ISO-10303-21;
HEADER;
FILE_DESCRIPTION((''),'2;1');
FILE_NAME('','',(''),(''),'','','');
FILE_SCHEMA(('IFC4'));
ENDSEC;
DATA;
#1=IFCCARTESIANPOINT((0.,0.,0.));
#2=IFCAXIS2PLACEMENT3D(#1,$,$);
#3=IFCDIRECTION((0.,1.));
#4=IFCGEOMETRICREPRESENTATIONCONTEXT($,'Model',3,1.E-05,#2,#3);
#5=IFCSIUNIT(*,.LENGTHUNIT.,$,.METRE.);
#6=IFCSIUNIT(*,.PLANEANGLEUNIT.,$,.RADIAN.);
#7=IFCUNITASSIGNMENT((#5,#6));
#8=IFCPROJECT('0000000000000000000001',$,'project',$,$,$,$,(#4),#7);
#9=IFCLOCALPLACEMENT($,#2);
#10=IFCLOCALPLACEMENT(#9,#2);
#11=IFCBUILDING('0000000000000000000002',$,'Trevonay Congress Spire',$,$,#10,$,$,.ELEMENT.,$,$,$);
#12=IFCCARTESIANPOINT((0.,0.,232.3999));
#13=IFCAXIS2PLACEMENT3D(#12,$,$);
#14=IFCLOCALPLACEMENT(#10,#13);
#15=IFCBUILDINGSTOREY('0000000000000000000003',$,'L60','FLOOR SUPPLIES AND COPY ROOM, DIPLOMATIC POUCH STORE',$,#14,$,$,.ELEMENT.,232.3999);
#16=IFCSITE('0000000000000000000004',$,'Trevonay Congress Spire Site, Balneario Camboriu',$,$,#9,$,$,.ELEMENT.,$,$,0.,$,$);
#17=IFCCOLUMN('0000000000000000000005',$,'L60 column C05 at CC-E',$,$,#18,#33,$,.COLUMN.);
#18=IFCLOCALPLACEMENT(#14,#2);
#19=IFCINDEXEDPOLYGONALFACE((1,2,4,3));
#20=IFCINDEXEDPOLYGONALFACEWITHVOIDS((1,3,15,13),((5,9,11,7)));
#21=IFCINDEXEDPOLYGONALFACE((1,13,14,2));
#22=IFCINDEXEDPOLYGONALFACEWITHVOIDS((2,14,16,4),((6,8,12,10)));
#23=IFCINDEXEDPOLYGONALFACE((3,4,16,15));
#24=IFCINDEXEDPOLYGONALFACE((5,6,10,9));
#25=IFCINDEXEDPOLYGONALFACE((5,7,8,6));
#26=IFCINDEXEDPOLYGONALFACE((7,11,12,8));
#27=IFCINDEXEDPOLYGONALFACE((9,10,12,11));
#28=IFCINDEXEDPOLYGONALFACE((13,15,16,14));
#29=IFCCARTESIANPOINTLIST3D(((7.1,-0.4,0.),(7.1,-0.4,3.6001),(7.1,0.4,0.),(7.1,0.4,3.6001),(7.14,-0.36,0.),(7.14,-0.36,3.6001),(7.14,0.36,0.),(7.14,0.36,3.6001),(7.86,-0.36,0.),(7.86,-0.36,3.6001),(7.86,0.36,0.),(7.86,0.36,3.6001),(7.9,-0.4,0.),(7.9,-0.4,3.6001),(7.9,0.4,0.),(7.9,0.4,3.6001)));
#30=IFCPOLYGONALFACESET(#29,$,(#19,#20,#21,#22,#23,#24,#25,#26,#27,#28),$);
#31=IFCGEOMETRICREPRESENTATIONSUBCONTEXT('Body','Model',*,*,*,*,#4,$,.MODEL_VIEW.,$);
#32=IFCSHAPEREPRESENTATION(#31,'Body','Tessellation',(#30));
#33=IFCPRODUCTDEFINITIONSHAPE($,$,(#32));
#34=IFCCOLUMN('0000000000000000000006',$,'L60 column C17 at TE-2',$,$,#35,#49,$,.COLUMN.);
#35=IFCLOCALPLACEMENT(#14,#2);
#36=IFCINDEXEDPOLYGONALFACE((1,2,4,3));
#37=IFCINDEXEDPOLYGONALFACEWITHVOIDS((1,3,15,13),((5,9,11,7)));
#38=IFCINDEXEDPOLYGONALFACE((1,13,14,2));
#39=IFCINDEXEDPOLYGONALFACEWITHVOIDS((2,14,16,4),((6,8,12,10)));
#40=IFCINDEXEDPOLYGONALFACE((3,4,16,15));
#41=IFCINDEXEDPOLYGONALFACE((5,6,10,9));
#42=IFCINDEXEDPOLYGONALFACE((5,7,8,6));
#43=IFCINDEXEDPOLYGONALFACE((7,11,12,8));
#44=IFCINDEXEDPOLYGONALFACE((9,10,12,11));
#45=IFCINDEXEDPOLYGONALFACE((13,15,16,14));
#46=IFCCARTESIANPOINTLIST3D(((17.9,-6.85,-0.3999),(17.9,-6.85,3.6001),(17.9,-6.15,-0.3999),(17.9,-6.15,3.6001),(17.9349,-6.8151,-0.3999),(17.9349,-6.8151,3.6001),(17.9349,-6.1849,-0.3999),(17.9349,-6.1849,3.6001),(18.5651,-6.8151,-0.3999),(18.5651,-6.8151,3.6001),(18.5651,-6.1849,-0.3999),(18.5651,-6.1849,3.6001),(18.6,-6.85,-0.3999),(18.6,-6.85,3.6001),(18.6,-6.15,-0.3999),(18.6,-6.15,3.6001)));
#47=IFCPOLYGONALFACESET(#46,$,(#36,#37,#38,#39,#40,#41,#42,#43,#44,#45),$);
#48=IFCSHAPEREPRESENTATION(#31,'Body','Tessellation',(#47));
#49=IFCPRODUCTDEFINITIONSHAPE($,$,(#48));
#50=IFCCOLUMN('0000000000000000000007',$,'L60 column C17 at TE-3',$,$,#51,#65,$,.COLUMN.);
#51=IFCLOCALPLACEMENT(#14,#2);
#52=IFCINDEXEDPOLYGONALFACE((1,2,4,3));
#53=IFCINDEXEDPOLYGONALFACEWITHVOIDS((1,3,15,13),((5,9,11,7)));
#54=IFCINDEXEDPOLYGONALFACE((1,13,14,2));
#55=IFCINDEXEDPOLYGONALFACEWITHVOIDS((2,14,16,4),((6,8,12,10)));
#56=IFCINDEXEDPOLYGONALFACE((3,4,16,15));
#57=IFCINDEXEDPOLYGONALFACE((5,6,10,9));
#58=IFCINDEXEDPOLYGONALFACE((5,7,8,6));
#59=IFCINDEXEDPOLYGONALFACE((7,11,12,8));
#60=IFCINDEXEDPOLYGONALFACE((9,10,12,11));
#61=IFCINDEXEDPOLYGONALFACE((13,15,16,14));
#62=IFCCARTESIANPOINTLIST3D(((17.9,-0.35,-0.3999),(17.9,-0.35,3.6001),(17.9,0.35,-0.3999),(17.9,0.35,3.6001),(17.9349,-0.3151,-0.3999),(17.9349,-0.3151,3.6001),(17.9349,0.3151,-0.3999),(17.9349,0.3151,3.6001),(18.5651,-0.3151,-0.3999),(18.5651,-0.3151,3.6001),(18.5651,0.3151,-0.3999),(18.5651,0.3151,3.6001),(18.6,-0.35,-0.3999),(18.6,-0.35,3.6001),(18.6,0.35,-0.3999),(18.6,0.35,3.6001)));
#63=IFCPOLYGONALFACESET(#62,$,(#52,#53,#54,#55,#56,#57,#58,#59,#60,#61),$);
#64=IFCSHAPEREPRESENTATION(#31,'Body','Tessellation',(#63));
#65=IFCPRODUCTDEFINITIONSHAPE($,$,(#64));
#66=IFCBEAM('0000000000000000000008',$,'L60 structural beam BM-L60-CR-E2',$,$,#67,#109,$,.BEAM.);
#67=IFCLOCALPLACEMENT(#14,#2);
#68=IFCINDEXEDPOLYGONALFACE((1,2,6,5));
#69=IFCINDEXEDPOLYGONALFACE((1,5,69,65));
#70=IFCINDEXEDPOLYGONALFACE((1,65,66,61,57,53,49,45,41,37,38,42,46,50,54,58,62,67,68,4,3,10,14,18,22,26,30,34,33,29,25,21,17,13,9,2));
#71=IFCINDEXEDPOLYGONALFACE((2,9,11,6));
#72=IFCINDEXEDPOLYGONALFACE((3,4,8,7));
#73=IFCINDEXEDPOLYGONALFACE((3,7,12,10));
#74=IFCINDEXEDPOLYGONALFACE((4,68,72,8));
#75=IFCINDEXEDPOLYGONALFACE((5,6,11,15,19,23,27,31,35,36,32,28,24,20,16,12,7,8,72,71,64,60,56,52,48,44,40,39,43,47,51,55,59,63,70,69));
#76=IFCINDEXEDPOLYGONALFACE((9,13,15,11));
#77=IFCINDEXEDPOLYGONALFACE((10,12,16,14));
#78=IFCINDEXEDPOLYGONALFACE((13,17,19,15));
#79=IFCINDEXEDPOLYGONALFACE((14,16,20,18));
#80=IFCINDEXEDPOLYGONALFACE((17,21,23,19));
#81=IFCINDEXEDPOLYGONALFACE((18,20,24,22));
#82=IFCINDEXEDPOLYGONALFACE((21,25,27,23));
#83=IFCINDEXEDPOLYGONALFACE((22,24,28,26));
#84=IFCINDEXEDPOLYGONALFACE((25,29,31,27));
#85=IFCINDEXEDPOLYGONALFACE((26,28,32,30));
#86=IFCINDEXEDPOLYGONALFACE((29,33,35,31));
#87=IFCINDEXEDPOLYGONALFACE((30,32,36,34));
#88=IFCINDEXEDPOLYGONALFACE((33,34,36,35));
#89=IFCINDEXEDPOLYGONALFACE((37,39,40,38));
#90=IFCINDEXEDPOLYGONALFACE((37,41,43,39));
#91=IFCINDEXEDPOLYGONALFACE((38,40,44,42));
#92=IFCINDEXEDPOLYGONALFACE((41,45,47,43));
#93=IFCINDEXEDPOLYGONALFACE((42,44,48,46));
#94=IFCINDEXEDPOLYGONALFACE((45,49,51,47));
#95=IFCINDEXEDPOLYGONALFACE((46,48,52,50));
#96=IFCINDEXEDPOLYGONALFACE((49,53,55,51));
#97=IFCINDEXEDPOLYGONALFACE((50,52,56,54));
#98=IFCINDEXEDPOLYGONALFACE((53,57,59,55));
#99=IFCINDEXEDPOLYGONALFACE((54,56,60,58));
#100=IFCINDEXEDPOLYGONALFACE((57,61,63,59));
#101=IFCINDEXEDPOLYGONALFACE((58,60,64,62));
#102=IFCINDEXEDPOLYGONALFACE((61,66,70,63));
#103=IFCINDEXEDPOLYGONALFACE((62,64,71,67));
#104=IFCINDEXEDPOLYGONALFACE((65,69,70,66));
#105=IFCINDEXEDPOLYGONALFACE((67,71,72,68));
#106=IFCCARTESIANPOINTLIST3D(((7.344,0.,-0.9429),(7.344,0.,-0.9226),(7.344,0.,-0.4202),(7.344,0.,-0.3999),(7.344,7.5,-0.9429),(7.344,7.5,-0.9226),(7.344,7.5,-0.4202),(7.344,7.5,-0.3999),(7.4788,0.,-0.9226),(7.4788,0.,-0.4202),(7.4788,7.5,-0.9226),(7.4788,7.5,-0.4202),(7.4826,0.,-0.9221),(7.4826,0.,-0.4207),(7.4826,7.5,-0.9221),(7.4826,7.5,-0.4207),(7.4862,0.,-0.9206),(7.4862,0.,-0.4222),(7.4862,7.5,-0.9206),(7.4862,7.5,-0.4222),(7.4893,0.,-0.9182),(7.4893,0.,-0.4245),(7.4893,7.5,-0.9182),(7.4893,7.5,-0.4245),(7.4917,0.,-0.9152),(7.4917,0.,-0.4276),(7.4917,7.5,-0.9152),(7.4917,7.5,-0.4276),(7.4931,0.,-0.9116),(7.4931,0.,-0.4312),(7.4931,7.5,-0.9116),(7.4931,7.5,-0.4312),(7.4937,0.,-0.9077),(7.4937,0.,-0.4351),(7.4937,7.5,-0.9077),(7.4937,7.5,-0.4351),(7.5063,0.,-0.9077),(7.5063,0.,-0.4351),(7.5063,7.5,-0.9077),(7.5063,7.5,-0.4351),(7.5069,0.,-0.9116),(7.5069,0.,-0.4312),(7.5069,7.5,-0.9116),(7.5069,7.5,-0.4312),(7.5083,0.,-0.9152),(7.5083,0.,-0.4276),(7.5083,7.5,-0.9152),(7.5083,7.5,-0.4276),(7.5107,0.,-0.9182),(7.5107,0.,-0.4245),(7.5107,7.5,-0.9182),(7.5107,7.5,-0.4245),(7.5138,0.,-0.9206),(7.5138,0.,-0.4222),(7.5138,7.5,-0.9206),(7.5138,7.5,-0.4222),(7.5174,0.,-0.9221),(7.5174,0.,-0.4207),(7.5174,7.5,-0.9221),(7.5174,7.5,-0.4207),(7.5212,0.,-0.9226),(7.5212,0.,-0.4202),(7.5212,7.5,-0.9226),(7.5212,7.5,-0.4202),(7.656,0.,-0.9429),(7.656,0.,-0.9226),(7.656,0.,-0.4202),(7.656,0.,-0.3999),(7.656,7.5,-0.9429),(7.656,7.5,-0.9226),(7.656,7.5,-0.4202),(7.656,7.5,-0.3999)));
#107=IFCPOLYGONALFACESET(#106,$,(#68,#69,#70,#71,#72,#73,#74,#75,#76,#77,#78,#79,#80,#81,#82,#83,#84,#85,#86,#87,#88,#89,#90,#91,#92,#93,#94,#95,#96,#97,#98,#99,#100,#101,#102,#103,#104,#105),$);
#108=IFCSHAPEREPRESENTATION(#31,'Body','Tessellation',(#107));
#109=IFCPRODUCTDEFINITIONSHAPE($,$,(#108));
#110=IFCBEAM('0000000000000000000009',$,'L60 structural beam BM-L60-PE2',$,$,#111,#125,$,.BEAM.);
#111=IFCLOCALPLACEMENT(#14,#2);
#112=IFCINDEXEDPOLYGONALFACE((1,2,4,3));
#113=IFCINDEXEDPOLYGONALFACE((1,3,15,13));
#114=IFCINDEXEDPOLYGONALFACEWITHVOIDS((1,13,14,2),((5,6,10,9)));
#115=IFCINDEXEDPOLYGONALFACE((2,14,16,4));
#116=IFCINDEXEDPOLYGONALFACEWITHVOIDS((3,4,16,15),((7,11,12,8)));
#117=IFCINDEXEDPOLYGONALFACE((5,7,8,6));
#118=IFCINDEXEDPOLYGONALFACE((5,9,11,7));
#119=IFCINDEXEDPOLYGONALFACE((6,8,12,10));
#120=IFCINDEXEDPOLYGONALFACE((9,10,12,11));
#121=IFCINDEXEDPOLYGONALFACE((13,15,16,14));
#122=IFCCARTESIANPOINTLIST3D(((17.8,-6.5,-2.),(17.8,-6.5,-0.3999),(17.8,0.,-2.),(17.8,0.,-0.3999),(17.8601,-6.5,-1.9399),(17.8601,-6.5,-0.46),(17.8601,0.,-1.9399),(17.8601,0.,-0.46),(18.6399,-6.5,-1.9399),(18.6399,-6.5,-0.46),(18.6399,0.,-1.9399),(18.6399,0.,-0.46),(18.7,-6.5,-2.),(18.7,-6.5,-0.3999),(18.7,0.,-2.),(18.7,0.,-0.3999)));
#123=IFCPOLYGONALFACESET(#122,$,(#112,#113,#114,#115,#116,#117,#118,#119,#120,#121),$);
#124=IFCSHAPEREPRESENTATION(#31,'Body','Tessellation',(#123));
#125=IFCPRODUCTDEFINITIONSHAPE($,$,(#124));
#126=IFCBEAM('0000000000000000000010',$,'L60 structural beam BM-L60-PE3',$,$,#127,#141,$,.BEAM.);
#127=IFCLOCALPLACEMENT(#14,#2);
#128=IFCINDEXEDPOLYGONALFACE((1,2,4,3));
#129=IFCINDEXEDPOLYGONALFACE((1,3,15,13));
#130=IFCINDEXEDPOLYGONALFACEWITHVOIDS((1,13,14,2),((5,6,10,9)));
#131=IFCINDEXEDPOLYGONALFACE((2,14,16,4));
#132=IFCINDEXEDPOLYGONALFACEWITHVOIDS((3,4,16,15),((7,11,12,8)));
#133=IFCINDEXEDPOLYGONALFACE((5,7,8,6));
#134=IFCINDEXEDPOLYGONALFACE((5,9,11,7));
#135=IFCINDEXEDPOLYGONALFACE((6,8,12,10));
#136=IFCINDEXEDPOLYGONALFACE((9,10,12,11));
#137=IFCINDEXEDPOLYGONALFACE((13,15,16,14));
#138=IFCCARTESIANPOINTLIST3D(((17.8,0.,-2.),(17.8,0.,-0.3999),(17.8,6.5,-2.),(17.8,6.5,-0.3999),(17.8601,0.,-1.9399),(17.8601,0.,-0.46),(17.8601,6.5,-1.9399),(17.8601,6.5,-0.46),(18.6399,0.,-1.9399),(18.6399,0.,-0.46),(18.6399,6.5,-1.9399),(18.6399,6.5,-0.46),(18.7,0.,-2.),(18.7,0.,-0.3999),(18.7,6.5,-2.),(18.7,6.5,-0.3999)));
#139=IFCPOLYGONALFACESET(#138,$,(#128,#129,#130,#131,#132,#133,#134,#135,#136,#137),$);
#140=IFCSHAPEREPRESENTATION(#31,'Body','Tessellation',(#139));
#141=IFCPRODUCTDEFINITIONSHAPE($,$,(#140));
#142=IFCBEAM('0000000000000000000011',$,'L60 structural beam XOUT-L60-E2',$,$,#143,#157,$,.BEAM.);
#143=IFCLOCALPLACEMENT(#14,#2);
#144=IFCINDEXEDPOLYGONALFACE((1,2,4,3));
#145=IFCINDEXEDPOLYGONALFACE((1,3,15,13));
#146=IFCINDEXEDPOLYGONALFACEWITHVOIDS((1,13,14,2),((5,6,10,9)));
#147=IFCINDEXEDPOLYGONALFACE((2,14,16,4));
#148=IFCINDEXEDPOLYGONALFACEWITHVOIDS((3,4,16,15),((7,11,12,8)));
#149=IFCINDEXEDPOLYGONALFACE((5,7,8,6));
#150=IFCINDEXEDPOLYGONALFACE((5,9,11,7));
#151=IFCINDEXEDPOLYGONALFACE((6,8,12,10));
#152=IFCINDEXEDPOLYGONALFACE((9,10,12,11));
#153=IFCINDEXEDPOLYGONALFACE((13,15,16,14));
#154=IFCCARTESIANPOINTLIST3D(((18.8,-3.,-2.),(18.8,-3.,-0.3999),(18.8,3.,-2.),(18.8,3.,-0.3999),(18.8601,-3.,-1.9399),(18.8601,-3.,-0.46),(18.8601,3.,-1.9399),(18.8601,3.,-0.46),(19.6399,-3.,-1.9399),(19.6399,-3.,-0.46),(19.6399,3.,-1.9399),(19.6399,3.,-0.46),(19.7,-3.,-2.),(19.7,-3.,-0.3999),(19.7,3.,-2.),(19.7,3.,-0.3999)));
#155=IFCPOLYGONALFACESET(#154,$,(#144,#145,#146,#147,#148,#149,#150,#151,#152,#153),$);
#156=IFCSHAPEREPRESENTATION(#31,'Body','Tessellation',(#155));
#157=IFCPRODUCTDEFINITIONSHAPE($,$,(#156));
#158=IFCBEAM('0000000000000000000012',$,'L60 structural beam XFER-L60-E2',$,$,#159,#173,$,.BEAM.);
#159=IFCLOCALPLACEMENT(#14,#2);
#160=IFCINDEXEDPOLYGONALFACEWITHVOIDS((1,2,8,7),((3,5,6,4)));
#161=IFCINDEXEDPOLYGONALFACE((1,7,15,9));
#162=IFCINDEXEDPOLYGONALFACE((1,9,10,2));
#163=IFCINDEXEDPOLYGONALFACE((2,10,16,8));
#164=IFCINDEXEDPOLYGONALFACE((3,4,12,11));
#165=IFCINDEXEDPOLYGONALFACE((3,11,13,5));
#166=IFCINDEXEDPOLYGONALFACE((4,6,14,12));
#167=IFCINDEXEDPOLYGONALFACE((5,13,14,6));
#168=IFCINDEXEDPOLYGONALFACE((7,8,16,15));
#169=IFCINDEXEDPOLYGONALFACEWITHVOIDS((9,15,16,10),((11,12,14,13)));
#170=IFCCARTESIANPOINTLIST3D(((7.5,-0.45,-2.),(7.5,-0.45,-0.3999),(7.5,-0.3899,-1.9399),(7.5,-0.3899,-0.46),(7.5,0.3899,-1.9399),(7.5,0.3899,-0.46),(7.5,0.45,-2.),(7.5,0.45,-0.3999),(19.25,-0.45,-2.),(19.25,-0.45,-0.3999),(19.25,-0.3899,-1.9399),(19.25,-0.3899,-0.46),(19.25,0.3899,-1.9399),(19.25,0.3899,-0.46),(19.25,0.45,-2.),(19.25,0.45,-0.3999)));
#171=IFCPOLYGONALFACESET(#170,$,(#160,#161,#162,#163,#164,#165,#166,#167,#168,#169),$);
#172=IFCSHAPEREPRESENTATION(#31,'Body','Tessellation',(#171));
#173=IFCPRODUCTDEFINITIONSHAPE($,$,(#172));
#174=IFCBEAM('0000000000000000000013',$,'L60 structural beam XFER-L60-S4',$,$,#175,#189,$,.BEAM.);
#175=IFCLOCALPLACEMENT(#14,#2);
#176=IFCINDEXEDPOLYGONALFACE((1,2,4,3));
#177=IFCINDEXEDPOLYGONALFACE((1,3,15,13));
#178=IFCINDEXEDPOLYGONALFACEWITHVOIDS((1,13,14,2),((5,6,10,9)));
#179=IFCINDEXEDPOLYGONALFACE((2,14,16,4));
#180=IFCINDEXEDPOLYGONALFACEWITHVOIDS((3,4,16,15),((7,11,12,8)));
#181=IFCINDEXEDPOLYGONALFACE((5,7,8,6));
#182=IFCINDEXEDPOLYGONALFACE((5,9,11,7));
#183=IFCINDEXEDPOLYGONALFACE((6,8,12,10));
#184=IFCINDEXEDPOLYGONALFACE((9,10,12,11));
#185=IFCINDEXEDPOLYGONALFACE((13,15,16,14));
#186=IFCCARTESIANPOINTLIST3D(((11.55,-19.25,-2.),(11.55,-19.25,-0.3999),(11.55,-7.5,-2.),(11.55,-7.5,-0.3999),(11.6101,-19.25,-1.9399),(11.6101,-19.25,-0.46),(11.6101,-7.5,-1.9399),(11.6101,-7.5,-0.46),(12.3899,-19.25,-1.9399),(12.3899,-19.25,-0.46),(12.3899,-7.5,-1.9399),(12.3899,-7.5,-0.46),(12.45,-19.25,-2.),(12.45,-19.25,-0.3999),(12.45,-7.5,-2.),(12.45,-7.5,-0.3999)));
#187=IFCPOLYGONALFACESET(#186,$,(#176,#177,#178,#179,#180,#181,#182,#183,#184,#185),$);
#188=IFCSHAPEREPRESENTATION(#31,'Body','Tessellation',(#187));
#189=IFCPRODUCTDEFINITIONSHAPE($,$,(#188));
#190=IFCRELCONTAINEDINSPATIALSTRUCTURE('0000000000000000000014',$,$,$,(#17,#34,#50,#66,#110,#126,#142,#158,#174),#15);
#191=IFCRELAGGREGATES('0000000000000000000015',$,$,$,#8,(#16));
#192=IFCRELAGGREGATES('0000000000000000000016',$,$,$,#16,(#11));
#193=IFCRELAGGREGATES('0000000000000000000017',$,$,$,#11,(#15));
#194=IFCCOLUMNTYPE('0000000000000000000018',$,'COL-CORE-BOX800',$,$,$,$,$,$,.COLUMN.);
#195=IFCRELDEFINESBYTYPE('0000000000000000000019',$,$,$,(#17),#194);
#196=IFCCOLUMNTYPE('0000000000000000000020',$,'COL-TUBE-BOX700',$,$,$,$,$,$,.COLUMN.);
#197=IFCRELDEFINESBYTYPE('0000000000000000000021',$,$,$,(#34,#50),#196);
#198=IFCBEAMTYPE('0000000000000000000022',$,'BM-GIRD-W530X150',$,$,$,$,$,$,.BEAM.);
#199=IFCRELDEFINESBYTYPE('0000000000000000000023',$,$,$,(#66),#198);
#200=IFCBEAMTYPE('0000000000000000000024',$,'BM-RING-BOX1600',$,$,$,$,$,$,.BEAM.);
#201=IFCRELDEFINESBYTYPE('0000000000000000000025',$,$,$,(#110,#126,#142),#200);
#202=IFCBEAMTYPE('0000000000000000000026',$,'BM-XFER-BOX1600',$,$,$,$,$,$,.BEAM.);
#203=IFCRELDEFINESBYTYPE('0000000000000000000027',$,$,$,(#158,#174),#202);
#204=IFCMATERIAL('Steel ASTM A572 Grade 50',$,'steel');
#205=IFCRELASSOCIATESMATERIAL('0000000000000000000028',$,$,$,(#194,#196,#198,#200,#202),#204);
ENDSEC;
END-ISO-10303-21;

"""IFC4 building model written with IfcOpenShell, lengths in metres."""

from ifc_helpers import new_model, si_unit, direction, frame, origin, origin_2d, place, context, subcontext, project, spatial, hollow_rectangle, i_section, extrude, material, material_profile, profile_set, type_object, element, save


model = new_model("IFC4")

# Units and contexts
model_context = context("Model", 3, precision=1e-05, world=origin(), true_north=direction((0.0, 1.0)))
body_context = subcontext(model_context, "Body", "Model", "MODEL_VIEW")
ifc_project = project(units=[si_unit("LENGTHUNIT", "METRE"), si_unit("PLANEANGLEUNIT", "RADIAN")], contexts=[model_context])

# Site, building, storey
site_placement = place(None, origin())
site = spatial("IfcSite", under=ifc_project, at=site_placement, Name="Trevonay Congress Spire Site, Balneario Camboriu", CompositionType="ELEMENT", RefElevation=0.0)
building_placement = place(site_placement, origin())
building = spatial("IfcBuilding", under=site, at=building_placement, Name="Trevonay Congress Spire", CompositionType="ELEMENT")
storey_placement = place(building_placement, frame((0.0, 0.0, 232.3999)))
storey = spatial("IfcBuildingStorey", under=building, at=storey_placement, Name="L60", Description="FLOOR SUPPLIES AND COPY ROOM, DIPLOMATIC POUCH STORE", CompositionType="ELEMENT", Elevation=232.3999)

# Columns
ifc_material_1 = material(Name="Steel ASTM A572 Grade 50", Category="steel")
ifc_material_profile_1 = material_profile(ifc_material_1, hollow_rectangle(XDim=0.8, YDim=0.8, WallThickness=0.04, at=origin_2d()), Name="BOX 800x800x40")
ifc_profile_set_1 = profile_set([ifc_material_profile_1], Name="Steel ASTM A572 Grade 50")
column_type_1 = type_object("IfcColumnType", Name="COL-CORE-BOX800", PredefinedType="COLUMN", material=ifc_profile_set_1)
column_placement = place(storey_placement, frame((7.5, 0.0, 0.0), z_axis=(0.0, 0.0, 1.0), x_axis=(1.0, 0.0, 0.0)))
element("IfcColumn", 1, at=column_placement, inside=storey, type_object=column_type_1, Name="L60 column C05 at CC-E", PredefinedType="COLUMN", context=body_context, shape_type="SweptSolid", body=[
    extrude(hollow_rectangle(XDim=0.8, YDim=0.8, WallThickness=0.04, at=origin_2d()), origin(), (0.0, 0.0, 1.0), 3.6001),
])
ifc_material_profile_2 = material_profile(ifc_material_1, hollow_rectangle(XDim=0.7, YDim=0.7, WallThickness=0.0349, at=origin_2d()), Name="BOX 700x700x35")
ifc_profile_set_2 = profile_set([ifc_material_profile_2], Name="Steel ASTM A572 Grade 50")
column_type_2 = type_object("IfcColumnType", Name="COL-TUBE-BOX700", PredefinedType="COLUMN", material=ifc_profile_set_2)
for number, where, z_axis, x_axis, name in (
    (2, (18.25, -6.5, -0.3999), (0.0, 0.0, 1.0), (1.0, 0.0, 0.0), "L60 column C17 at TE-2"),
    (3, (18.25, 0.0, -0.3999), (0.0, 0.0, 1.0), (1.0, 0.0, 0.0), "L60 column C17 at TE-3"),
):
    element("IfcColumn", number, at=place(storey_placement, frame(where, z_axis=z_axis, x_axis=x_axis)), inside=storey, type_object=column_type_2, Name=name, PredefinedType="COLUMN", context=body_context, shape_type="SweptSolid", body=[
        extrude(hollow_rectangle(XDim=0.7, YDim=0.7, WallThickness=0.0349, at=origin_2d()), origin(), (0.0, 0.0, 1.0), 4.0),
    ])

# Beams
ifc_material_profile_3 = material_profile(ifc_material_1, i_section(OverallWidth=0.312, OverallDepth=0.543, WebThickness=0.0127, FlangeThickness=0.0203, FilletRadius=0.0149, at=origin_2d()), Name="W530x150")
ifc_profile_set_3 = profile_set([ifc_material_profile_3], Name="Steel ASTM A572 Grade 50")
beam_type_1 = type_object("IfcBeamType", Name="BM-GIRD-W530X150", PredefinedType="BEAM", material=ifc_profile_set_3)
beam_1_placement = place(storey_placement, frame((7.5, 0.0, -0.6714), z_axis=(0.0, 1.0, 0.0), x_axis=(-1.0, 0.0, 0.0)))
element("IfcBeam", 4, at=beam_1_placement, inside=storey, type_object=beam_type_1, Name="L60 structural beam BM-L60-CR-E2", PredefinedType="BEAM", context=body_context, shape_type="SweptSolid", body=[
    extrude(i_section(OverallWidth=0.312, OverallDepth=0.543, WebThickness=0.0127, FlangeThickness=0.0203, FilletRadius=0.0149, at=origin_2d()), origin(), (0.0, 0.0, 1.0), 7.5),
])
ifc_material_profile_4 = material_profile(ifc_material_1, hollow_rectangle(XDim=0.8999, YDim=1.6001, WallThickness=0.0601, at=origin_2d()), Name="BOX 1600x900x60")
ifc_profile_set_4 = profile_set([ifc_material_profile_4], Name="Steel ASTM A572 Grade 50")
beam_type_2 = type_object("IfcBeamType", Name="BM-RING-BOX1600", PredefinedType="BEAM", material=ifc_profile_set_4)
for number, where, z_axis, x_axis, name in (
    (5, (18.25, -6.5, -1.2), (0.0, 1.0, 0.0), (-1.0, 0.0, 0.0), "L60 structural beam BM-L60-PE2"),
    (6, (18.25, 0.0, -1.2), (0.0, 1.0, 0.0), (-1.0, 0.0, 0.0), "L60 structural beam BM-L60-PE3"),
):
    element("IfcBeam", number, at=place(storey_placement, frame(where, z_axis=z_axis, x_axis=x_axis)), inside=storey, type_object=beam_type_2, Name=name, PredefinedType="BEAM", context=body_context, shape_type="SweptSolid", body=[
        extrude(hollow_rectangle(XDim=0.8999, YDim=1.6001, WallThickness=0.0601, at=origin_2d()), origin(), (0.0, 0.0, 1.0), 6.5),
    ])
beam_2_placement = place(storey_placement, frame((19.25, -3.0, -1.2), z_axis=(0.0, 1.0, 0.0), x_axis=(-1.0, 0.0, 0.0)))
element("IfcBeam", 7, at=beam_2_placement, inside=storey, type_object=beam_type_2, Name="L60 structural beam XOUT-L60-E2", PredefinedType="BEAM", context=body_context, shape_type="SweptSolid", body=[
    extrude(hollow_rectangle(XDim=0.8999, YDim=1.6001, WallThickness=0.0601, at=origin_2d()), origin(), (0.0, 0.0, 1.0), 6.0),
])
ifc_material_profile_5 = material_profile(ifc_material_1, hollow_rectangle(XDim=0.8999, YDim=1.6001, WallThickness=0.0601, at=origin_2d()), Name="BOX 1600x900x60")
ifc_profile_set_5 = profile_set([ifc_material_profile_5], Name="Steel ASTM A572 Grade 50")
beam_type_3 = type_object("IfcBeamType", Name="BM-XFER-BOX1600", PredefinedType="BEAM", material=ifc_profile_set_5)
for number, where, z_axis, x_axis, name in (
    (8, (7.5, 0.0, -1.2), (1.0, 0.0, 0.0), (0.0, 1.0, 0.0), "L60 structural beam XFER-L60-E2"),
    (9, (12.0, -7.5, -1.2), (0.0, -1.0, 0.0), (1.0, 0.0, 0.0), "L60 structural beam XFER-L60-S4"),
):
    element("IfcBeam", number, at=place(storey_placement, frame(where, z_axis=z_axis, x_axis=x_axis)), inside=storey, type_object=beam_type_3, Name=name, PredefinedType="BEAM", context=body_context, shape_type="SweptSolid", body=[
        extrude(hollow_rectangle(XDim=0.8999, YDim=1.6001, WallThickness=0.0601, at=origin_2d()), origin(), (0.0, 0.0, 1.0), 11.75),
    ])

save(model, "model.ifc")
